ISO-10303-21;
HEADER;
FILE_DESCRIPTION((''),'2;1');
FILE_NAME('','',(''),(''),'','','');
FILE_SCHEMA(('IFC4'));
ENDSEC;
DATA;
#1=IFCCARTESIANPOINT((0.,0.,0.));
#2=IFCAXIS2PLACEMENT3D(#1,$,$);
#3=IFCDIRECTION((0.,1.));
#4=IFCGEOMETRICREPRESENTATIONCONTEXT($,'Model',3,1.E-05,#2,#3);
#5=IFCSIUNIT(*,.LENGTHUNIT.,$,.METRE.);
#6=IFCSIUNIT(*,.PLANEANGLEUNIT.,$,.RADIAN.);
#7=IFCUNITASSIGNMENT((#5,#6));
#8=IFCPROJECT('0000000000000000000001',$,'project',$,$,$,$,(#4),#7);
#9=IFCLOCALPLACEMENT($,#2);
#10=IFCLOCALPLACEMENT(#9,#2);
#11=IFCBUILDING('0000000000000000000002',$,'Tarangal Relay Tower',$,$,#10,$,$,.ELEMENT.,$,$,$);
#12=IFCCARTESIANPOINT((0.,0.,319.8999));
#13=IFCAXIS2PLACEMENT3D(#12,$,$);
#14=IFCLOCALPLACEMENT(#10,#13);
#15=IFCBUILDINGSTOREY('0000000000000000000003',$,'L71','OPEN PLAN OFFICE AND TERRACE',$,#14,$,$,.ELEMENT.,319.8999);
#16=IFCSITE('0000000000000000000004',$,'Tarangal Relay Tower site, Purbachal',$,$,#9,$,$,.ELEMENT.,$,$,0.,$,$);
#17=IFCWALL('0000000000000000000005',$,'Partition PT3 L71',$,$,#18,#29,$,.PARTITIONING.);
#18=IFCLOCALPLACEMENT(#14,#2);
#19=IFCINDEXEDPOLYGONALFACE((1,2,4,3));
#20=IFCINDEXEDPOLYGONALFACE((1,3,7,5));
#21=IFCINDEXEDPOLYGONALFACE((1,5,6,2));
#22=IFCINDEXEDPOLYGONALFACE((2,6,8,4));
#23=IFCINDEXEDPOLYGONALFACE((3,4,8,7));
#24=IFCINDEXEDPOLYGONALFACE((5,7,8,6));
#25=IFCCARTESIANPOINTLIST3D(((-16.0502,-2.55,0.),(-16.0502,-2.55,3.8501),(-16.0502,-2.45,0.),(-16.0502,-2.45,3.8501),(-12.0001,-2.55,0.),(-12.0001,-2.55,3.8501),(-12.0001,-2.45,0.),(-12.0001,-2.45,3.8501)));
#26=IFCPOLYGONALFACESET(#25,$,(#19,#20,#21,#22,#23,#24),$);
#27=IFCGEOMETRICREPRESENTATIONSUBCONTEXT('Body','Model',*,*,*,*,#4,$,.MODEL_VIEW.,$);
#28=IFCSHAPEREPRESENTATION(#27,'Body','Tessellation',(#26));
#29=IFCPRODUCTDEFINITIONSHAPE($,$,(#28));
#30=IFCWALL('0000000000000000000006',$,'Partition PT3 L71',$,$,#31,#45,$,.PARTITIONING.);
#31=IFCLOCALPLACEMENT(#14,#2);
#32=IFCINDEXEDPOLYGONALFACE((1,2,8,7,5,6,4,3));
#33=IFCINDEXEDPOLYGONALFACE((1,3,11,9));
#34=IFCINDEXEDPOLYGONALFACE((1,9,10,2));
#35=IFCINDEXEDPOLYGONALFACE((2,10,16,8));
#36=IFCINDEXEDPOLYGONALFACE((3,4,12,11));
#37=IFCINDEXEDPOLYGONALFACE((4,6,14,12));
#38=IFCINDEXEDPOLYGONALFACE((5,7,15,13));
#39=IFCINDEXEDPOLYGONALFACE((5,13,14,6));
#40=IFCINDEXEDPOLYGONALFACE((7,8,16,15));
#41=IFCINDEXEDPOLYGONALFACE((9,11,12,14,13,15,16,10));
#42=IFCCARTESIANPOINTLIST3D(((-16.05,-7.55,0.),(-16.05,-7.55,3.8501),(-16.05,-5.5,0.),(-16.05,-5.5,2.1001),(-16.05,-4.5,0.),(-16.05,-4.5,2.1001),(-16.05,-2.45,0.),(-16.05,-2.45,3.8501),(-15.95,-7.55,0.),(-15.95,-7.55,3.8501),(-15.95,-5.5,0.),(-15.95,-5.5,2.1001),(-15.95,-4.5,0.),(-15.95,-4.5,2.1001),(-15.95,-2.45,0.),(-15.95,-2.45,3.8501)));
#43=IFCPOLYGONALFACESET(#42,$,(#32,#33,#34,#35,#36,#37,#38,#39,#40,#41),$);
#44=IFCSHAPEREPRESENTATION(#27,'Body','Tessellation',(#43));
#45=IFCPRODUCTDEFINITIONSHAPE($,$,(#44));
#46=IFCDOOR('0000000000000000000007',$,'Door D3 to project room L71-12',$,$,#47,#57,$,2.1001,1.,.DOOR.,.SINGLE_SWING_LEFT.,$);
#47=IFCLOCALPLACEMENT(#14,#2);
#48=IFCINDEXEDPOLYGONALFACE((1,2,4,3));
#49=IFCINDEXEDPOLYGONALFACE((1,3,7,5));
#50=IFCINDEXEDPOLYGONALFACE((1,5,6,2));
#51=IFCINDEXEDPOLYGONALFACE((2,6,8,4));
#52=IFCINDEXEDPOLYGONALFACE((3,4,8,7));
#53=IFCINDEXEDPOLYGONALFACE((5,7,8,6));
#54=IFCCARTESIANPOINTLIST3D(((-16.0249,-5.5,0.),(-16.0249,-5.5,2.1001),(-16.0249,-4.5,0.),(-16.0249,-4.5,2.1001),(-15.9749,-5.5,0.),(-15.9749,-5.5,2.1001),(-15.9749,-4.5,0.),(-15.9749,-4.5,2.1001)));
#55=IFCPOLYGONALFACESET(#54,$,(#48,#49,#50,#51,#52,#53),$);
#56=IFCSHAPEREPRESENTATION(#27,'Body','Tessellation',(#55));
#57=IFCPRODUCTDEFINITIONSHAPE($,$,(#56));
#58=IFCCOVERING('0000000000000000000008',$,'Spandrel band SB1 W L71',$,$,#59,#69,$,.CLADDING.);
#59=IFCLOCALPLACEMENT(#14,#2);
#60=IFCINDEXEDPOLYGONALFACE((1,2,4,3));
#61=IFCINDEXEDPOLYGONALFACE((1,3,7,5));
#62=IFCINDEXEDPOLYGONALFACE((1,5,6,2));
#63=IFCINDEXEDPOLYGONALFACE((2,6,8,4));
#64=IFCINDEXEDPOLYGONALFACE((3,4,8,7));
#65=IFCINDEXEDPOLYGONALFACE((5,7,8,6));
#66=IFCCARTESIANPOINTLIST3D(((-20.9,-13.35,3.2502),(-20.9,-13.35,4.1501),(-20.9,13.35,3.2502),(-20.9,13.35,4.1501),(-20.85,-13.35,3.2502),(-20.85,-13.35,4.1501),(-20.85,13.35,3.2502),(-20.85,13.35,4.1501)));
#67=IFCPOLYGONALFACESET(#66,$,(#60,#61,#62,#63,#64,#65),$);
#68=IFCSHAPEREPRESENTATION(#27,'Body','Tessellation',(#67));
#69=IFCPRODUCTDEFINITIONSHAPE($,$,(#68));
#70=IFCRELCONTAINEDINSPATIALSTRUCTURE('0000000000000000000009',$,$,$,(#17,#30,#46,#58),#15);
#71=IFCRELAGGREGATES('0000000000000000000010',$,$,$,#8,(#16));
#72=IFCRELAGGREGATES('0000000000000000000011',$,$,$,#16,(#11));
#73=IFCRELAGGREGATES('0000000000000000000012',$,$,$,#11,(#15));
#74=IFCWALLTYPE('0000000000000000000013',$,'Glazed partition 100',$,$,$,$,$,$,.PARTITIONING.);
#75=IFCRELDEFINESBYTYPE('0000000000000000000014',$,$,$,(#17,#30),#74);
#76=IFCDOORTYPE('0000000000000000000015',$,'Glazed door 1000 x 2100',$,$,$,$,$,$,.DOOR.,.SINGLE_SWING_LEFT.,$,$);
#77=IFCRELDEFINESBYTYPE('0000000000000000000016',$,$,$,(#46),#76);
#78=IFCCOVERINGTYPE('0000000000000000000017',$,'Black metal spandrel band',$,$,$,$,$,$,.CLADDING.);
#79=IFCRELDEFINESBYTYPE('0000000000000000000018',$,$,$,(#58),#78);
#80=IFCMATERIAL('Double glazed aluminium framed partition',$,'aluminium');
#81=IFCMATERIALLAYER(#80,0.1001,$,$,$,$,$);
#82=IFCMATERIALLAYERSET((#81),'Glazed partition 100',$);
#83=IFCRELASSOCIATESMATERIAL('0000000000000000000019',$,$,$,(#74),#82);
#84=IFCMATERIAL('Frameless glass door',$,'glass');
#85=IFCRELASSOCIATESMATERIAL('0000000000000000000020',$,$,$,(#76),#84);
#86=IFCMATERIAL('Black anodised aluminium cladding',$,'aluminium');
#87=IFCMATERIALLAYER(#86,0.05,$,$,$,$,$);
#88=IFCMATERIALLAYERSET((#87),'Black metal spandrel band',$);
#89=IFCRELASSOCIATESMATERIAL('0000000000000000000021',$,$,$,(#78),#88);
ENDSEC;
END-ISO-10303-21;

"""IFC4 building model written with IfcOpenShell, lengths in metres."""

from ifc_helpers import new_model, si_unit, direction, frame, frame_2d, origin, origin_2d, place, context, subcontext, project, spatial, rectangle, extrude, material, layer, layer_set, type_object, element, fill, save


model = new_model("IFC4")

# Units and contexts
model_context = context("Model", 3, precision=1e-05, world=origin(), true_north=direction((0.0, 1.0)))
body_context = subcontext(model_context, "Body", "Model", "MODEL_VIEW")
ifc_project = project(units=[si_unit("LENGTHUNIT", "METRE"), si_unit("PLANEANGLEUNIT", "RADIAN")], contexts=[model_context])

# Site, building, storey
site_placement = place(None, origin())
site = spatial("IfcSite", under=ifc_project, at=site_placement, Name="Tarangal Relay Tower site, Purbachal", CompositionType="ELEMENT", RefElevation=0.0)
building_placement = place(site_placement, origin())
building = spatial("IfcBuilding", under=site, at=building_placement, Name="Tarangal Relay Tower", CompositionType="ELEMENT")
storey_placement = place(building_placement, frame((0.0, 0.0, 319.8999)))
storey = spatial("IfcBuildingStorey", under=building, at=storey_placement, Name="L71", Description="OPEN PLAN OFFICE AND TERRACE", CompositionType="ELEMENT", Elevation=319.8999)

# Wall
ifc_material_1 = material(Name="Double glazed aluminium framed partition", Category="aluminium")
ifc_layer_1 = layer(ifc_material_1, 0.1001)
ifc_layer_set_1 = layer_set([ifc_layer_1], Name="Glazed partition 100")
wall_type_1 = type_object("IfcWallType", Name="Glazed partition 100", PredefinedType="PARTITIONING", material=ifc_layer_set_1)
wall_1_placement = place(storey_placement, frame((-16.05, -2.5, 0.0), z_axis=(0.0, 0.0, 1.0), x_axis=(1.0, 0.0, 0.0)))
element("IfcWall", 1, at=wall_1_placement, inside=storey, type_object=wall_type_1, Name="Partition PT3 L71", PredefinedType="PARTITIONING", context=body_context, shape_type="SweptSolid", body=[
    extrude(rectangle(XDim=4.05, YDim=0.1001, at=frame_2d((2.0249, 0.0))), origin(), (0.0, 0.0, 1.0), 3.8501),
])

# Wall, opening, door
wall_2_placement = place(storey_placement, frame((-16.0, -7.55, 0.0), z_axis=(0.0, 0.0, 1.0), x_axis=(0.0, 1.0, 0.0)))
wall_2 = element("IfcWall", 2, at=wall_2_placement, inside=storey, type_object=wall_type_1, Name="Partition PT3 L71", PredefinedType="PARTITIONING", context=body_context, shape_type="SweptSolid", body=[
    extrude(rectangle(XDim=5.1001, YDim=0.1001, at=frame_2d((2.55, 0.0))), origin(), (0.0, 0.0, 1.0), 3.8501),
])
opening_1_placement = place(wall_2_placement, frame((2.05, 0.0, 0.0)))
opening_1 = element("IfcOpeningElement", 3, at=opening_1_placement, cuts=wall_2, PredefinedType="OPENING", context=body_context, shape_type="SweptSolid", body=[
    extrude(rectangle(XDim=1.0, YDim=2.1001, at=frame_2d((0.5, 1.05))), frame((0.0, 0.0601, 0.0), z_axis=(0.0, -1.0, 0.0), x_axis=(1.0, 0.0, 0.0)), (0.0, 0.0, 1.0), 0.1201),
])
ifc_material_2 = material(Name="Frameless glass door", Category="glass")
door_type_1 = type_object("IfcDoorType", Name="Glazed door 1000 x 2100", OperationType="SINGLE_SWING_LEFT", PredefinedType="DOOR", material=ifc_material_2)
door_1_placement = place(opening_1_placement, origin())
door_1 = element("IfcDoor", 4, at=door_1_placement, inside=storey, type_object=door_type_1, Name="Door D3 to project room L71-12", OperationType="SINGLE_SWING_LEFT", OverallHeight=2.1001, OverallWidth=1.0, PredefinedType="DOOR", context=body_context, shape_type="SweptSolid", body=[
    extrude(rectangle(XDim=1.0, YDim=2.1001, at=frame_2d((0.5, 1.05))), frame((0.0, 0.0249, 0.0), z_axis=(0.0, -1.0, 0.0), x_axis=(1.0, 0.0, 0.0)), (0.0, 0.0, 1.0), 0.05),
])
fill(opening_1, door_1)

# Covering
ifc_material_3 = material(Name="Black anodised aluminium cladding", Category="aluminium")
ifc_layer_2 = layer(ifc_material_3, 0.05)
ifc_layer_set_2 = layer_set([ifc_layer_2], Name="Black metal spandrel band")
covering_type = type_object("IfcCoveringType", Name="Black metal spandrel band", PredefinedType="CLADDING", material=ifc_layer_set_2)
covering_placement = place(storey_placement, frame((-20.875, 0.0, 3.2502), z_axis=(0.0, 0.0, 1.0), x_axis=(0.0, 1.0, 0.0)))
element("IfcCovering", 5, at=covering_placement, inside=storey, type_object=covering_type, Name="Spandrel band SB1 W L71", PredefinedType="CLADDING", context=body_context, shape_type="SweptSolid", body=[
    extrude(rectangle(XDim=26.7, YDim=0.05, at=origin_2d()), origin(), (0.0, 0.0, 1.0), 0.8999),
])

save(model, "model.ifc")
